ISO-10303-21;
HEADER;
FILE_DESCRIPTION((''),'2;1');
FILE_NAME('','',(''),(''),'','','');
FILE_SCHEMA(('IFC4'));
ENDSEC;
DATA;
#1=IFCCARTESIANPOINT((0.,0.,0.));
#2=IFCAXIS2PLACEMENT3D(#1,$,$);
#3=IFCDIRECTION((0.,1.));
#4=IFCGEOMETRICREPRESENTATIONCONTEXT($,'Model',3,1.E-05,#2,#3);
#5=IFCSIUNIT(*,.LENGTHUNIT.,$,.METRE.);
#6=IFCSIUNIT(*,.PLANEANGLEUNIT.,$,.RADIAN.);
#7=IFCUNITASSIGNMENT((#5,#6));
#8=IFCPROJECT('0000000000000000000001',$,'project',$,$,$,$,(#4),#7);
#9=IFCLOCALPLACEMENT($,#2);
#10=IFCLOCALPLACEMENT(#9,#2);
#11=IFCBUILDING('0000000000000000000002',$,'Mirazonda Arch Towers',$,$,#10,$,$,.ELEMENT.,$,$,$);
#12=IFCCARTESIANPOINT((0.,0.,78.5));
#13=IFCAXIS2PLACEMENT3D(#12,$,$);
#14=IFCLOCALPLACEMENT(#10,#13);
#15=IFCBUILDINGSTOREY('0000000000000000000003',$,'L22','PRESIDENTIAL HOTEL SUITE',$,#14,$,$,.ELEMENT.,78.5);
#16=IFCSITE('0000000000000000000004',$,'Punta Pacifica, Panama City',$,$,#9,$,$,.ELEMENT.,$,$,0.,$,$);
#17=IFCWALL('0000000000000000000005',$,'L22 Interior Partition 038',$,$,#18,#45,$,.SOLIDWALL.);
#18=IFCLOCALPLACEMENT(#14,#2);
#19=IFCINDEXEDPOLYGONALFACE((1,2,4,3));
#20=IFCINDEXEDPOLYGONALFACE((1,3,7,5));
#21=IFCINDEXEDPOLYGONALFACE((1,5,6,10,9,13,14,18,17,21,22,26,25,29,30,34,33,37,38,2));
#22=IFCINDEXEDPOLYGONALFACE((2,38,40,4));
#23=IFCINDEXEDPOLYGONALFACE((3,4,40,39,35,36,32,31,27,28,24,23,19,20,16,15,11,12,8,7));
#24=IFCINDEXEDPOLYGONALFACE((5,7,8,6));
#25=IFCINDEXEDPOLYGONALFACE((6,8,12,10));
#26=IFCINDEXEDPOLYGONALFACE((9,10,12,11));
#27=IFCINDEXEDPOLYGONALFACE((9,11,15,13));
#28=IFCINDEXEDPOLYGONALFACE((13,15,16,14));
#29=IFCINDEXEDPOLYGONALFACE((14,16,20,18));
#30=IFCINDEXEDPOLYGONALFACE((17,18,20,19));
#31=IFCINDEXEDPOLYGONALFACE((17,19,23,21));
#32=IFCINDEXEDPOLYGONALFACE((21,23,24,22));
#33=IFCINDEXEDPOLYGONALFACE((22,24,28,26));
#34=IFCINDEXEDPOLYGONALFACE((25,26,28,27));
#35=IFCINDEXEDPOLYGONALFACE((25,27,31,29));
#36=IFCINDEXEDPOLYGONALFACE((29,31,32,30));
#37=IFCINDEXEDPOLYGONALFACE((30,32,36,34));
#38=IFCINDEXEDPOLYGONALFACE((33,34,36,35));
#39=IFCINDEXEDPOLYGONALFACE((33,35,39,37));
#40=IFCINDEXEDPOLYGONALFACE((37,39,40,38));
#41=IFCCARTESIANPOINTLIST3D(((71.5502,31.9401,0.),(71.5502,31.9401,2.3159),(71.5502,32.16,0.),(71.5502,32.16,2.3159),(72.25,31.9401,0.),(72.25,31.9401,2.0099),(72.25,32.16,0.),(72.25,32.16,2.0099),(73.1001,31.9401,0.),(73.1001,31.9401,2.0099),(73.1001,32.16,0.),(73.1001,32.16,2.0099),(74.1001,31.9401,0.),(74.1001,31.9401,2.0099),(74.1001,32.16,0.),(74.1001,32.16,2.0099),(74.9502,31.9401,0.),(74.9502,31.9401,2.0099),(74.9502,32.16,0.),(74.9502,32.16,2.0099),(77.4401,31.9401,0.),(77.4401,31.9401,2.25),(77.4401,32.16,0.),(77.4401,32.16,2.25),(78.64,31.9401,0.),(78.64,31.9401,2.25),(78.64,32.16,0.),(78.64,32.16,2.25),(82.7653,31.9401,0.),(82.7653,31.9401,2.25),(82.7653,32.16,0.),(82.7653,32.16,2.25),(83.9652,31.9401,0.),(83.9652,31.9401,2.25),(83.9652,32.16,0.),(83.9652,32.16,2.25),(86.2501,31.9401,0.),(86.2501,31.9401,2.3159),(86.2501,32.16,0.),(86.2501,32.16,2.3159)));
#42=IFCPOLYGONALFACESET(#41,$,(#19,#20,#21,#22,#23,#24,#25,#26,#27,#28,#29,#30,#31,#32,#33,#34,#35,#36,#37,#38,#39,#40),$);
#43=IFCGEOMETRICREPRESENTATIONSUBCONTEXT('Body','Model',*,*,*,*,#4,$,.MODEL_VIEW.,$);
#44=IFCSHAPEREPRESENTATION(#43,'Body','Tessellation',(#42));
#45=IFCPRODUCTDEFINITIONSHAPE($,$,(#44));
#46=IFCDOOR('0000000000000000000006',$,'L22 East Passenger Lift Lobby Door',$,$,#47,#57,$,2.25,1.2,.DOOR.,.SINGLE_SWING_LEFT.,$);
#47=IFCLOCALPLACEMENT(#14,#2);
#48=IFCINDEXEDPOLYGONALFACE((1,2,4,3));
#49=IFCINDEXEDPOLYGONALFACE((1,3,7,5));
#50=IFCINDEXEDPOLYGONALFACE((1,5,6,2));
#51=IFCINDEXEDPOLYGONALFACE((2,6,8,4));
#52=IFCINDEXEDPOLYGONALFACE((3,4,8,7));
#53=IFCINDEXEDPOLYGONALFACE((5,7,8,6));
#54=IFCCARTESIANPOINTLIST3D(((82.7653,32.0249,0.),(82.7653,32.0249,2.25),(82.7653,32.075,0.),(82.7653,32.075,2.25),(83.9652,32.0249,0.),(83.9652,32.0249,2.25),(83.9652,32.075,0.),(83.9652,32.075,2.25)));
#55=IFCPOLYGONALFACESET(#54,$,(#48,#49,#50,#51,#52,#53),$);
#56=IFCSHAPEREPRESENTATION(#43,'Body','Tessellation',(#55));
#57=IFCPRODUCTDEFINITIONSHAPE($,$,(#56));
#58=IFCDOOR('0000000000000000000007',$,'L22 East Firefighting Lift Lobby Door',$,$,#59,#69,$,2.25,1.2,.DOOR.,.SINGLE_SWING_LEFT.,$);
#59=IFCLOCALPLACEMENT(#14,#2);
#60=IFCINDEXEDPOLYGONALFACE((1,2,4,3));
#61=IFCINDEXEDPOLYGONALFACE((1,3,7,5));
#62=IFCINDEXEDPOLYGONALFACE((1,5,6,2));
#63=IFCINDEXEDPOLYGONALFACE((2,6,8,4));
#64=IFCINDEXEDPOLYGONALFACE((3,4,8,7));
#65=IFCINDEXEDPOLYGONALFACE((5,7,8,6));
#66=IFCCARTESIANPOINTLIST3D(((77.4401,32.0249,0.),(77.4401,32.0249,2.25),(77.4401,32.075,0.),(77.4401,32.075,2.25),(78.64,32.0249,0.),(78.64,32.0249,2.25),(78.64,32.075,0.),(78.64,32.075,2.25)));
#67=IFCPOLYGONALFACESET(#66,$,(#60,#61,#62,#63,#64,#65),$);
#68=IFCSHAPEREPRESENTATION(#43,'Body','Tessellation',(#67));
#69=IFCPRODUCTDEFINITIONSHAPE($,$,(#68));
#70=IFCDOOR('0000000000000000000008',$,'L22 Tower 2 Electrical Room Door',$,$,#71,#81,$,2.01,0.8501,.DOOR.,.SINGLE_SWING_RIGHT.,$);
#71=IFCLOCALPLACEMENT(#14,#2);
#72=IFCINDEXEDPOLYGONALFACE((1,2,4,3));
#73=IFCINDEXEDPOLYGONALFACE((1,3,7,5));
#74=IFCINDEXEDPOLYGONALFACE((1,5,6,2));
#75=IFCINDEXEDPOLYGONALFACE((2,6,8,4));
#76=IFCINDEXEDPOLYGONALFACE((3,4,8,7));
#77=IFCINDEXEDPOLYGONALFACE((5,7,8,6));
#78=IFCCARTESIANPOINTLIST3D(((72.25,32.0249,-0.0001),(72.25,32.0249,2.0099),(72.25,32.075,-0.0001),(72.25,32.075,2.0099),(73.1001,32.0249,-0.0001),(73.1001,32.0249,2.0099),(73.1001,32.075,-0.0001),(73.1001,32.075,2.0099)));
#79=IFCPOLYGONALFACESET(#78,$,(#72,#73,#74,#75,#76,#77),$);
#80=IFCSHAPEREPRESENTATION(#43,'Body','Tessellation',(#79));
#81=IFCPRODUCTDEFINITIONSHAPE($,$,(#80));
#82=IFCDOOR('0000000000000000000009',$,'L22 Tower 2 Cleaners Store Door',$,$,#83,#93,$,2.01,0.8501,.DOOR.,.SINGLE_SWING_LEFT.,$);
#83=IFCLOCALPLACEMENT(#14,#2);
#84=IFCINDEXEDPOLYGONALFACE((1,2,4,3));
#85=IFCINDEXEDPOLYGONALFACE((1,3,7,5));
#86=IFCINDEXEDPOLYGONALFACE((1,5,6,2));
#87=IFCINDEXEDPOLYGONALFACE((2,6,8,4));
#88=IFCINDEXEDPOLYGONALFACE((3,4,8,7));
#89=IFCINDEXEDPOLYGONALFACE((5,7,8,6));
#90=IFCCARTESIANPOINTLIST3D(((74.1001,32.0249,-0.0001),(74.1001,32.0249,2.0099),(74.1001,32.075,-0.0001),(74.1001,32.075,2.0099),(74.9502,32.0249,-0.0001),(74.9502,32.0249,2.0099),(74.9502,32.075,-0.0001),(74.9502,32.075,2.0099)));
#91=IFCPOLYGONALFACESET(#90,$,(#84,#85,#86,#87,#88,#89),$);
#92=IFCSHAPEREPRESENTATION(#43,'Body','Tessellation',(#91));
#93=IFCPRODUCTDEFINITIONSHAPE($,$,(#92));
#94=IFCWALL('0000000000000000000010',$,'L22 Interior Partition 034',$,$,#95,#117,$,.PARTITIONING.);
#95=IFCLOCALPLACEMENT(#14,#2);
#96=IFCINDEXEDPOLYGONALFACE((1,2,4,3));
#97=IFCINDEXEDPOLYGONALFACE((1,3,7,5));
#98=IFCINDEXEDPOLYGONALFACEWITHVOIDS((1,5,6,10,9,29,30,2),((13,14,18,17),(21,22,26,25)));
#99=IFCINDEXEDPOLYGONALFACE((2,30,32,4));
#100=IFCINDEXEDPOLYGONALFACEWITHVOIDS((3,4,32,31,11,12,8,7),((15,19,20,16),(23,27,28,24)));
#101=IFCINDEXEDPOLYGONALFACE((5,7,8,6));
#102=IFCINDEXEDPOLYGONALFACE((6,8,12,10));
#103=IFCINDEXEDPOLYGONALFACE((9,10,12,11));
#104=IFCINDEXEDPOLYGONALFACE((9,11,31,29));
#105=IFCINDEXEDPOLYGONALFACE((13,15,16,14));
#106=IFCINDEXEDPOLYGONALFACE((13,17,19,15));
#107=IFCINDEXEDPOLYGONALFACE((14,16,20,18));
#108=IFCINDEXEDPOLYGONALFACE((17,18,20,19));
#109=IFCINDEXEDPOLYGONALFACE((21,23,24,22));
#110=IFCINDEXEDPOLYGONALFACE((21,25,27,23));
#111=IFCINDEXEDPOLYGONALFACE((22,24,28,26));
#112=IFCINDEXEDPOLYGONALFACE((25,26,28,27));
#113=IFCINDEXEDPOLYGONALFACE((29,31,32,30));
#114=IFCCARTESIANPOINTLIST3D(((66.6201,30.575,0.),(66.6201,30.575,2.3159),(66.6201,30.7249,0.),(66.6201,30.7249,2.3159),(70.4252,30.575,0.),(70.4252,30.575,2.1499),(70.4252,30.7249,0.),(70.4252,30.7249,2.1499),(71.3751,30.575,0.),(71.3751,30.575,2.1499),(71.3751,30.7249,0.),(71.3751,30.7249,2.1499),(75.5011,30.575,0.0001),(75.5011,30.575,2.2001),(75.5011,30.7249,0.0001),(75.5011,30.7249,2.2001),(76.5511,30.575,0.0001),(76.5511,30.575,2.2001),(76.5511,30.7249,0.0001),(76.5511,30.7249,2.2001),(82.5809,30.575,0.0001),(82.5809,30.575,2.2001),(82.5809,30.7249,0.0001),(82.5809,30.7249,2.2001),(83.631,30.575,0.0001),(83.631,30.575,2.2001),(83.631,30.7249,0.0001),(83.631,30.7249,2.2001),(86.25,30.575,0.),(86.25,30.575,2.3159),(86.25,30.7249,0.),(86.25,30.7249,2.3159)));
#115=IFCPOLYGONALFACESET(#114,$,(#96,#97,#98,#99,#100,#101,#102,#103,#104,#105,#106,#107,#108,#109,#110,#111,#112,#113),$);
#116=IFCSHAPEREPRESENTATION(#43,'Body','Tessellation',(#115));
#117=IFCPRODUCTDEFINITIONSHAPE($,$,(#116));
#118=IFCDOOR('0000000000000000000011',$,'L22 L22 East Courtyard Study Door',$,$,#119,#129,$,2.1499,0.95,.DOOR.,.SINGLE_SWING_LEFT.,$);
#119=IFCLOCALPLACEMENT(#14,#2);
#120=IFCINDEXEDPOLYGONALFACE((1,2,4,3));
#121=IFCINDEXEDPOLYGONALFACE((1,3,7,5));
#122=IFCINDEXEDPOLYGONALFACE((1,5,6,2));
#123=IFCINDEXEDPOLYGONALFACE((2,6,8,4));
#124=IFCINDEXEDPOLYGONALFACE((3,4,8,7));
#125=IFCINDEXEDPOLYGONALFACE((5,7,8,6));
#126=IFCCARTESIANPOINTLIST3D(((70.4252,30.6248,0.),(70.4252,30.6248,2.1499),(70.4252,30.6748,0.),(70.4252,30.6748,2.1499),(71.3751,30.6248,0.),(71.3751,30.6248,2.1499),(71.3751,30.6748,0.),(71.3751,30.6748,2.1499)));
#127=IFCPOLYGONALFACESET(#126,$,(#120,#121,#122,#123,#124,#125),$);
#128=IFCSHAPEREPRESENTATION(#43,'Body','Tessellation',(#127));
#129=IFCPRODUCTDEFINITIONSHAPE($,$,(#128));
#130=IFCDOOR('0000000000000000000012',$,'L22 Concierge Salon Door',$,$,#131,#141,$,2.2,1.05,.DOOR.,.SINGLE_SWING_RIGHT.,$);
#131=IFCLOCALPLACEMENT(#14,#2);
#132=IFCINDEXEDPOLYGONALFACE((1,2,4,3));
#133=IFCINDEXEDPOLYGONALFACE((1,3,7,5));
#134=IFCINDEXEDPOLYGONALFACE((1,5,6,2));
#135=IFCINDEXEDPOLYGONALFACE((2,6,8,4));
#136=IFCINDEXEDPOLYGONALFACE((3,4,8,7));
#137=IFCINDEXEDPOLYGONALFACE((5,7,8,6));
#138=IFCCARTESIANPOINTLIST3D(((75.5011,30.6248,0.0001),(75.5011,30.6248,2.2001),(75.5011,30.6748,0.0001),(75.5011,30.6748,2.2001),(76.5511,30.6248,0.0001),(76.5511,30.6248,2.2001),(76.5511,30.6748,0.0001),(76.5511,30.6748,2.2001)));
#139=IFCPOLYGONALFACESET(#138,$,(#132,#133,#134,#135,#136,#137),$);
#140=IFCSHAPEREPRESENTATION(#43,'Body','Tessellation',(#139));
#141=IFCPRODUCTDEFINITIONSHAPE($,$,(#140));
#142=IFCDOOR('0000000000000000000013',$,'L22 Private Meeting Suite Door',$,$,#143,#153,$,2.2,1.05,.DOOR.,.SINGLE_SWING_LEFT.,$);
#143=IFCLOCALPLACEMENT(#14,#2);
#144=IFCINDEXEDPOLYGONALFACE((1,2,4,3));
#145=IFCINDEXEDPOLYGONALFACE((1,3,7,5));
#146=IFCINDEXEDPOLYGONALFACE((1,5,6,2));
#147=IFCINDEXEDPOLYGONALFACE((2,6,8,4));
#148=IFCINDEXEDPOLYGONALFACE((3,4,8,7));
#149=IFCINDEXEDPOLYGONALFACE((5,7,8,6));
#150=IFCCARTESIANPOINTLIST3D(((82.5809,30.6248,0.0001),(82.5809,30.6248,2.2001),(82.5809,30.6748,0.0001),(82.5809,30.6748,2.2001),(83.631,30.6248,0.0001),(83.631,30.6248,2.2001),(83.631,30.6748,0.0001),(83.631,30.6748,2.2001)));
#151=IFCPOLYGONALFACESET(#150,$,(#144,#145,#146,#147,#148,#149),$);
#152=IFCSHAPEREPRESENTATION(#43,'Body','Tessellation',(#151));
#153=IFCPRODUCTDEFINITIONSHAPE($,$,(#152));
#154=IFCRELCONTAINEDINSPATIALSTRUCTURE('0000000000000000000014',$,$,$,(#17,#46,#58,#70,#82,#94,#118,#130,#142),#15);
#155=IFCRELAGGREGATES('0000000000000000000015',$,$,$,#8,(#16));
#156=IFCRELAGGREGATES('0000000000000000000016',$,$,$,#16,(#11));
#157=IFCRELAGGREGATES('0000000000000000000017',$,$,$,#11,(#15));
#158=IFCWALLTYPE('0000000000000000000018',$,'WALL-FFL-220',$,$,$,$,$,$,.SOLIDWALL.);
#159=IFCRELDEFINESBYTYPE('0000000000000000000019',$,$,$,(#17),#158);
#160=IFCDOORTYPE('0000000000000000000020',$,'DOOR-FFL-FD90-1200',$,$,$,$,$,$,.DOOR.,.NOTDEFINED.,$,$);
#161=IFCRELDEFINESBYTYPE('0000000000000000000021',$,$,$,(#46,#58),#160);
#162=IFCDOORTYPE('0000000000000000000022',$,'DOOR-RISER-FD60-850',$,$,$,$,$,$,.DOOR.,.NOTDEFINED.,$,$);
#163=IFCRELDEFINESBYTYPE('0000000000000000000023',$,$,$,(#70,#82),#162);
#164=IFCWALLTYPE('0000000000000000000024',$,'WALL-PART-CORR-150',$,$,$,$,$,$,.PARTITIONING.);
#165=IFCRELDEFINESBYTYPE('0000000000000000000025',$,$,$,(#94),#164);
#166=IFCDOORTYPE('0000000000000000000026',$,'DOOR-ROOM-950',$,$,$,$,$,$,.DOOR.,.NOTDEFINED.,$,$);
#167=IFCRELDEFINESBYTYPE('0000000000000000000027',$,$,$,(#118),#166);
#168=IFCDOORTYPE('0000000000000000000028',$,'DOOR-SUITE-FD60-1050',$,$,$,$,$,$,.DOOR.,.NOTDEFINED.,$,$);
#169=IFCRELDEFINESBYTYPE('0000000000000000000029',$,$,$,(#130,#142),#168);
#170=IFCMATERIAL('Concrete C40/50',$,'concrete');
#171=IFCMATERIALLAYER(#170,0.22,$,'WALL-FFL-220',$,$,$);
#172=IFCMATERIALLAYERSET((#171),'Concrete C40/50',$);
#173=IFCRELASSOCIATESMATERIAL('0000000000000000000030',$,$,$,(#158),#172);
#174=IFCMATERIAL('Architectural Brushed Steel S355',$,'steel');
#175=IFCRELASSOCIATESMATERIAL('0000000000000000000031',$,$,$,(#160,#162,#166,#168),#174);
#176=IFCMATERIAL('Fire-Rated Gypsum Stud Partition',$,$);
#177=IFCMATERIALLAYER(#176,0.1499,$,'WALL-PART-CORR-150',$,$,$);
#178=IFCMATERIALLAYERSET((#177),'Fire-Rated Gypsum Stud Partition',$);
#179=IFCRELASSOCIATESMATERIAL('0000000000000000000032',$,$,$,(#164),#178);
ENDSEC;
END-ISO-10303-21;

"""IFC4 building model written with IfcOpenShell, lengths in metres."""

from ifc_helpers import new_model, si_unit, direction, frame, frame_2d, origin, place, context, subcontext, project, spatial, rectangle, extrude, material, layer, layer_set, type_object, element, fill, save


model = new_model("IFC4")

# Units and contexts
model_context = context("Model", 3, precision=1e-05, world=origin(), true_north=direction((0.0, 1.0)))
body_context = subcontext(model_context, "Body", "Model", "MODEL_VIEW")
ifc_project = project(units=[si_unit("LENGTHUNIT", "METRE"), si_unit("PLANEANGLEUNIT", "RADIAN")], contexts=[model_context])

# Site, building, storey
site_placement = place(None, origin())
site = spatial("IfcSite", under=ifc_project, at=site_placement, Name="Punta Pacifica, Panama City", CompositionType="ELEMENT", RefElevation=0.0)
building_placement = place(site_placement, origin())
building = spatial("IfcBuilding", under=site, at=building_placement, Name="Mirazonda Arch Towers", CompositionType="ELEMENT")
storey_placement = place(building_placement, frame((0.0, 0.0, 78.5)))
storey = spatial("IfcBuildingStorey", under=building, at=storey_placement, Name="L22", Description="PRESIDENTIAL HOTEL SUITE", CompositionType="ELEMENT", Elevation=78.5)

# Walls, openings, doors
ifc_material_1 = material(Name="Architectural Brushed Steel S355", Category="steel")
ifc_material_2 = material(Name="Concrete C40/50", Category="concrete")
ifc_layer_1 = layer(ifc_material_2, 0.22, Name="WALL-FFL-220")
ifc_layer_set_1 = layer_set([ifc_layer_1], Name="Concrete C40/50")
wall_type_1 = type_object("IfcWallType", Name="WALL-FFL-220", PredefinedType="SOLIDWALL", material=ifc_layer_set_1)
wall_1_placement = place(storey_placement, frame((71.55, 32.05, 0.0), z_axis=(0.0, 0.0, 1.0), x_axis=(1.0, 0.0, 0.0)))
wall_1 = element("IfcWall", 1, at=wall_1_placement, inside=storey, type_object=wall_type_1, Name="L22 Interior Partition 038", PredefinedType="SOLIDWALL", context=body_context, shape_type="SweptSolid", body=[
    extrude(rectangle(XDim=14.7, YDim=0.22, at=frame_2d((7.3501, 0.0))), origin(), (0.0, 0.0, 1.0), 2.3159),
])
opening_1_placement = place(wall_1_placement, frame((11.2151, 0.0, 0.0)))
opening_1 = element("IfcOpeningElement", 2, at=opening_1_placement, cuts=wall_1, PredefinedType="OPENING", context=body_context, shape_type="SweptSolid", body=[
    extrude(rectangle(XDim=1.2, YDim=2.25, at=frame_2d((0.6001, 1.125))), frame((0.0, 0.1199, 0.0), z_axis=(0.0, -1.0, 0.0), x_axis=(1.0, 0.0, 0.0)), (0.0, 0.0, 1.0), 0.24),
])
opening_2_placement = place(wall_1_placement, frame((5.8899, 0.0, 0.0)))
opening_2 = element("IfcOpeningElement", 3, at=opening_2_placement, cuts=wall_1, PredefinedType="OPENING", context=body_context, shape_type="SweptSolid", body=[
    extrude(rectangle(XDim=1.2, YDim=2.25, at=frame_2d((0.6001, 1.125))), frame((0.0, 0.1199, 0.0), z_axis=(0.0, -1.0, 0.0), x_axis=(1.0, 0.0, 0.0)), (0.0, 0.0, 1.0), 0.24),
])
opening_3_placement = place(wall_1_placement, frame((0.7, 0.0, 0.0)))
opening_3 = element("IfcOpeningElement", 4, at=opening_3_placement, cuts=wall_1, PredefinedType="OPENING", context=body_context, shape_type="SweptSolid", body=[
    extrude(rectangle(XDim=0.8501, YDim=2.01, at=frame_2d((0.425, 1.0049))), frame((0.0, 0.1199, 0.0), z_axis=(0.0, -1.0, 0.0), x_axis=(1.0, 0.0, 0.0)), (0.0, 0.0, 1.0), 0.24),
])
opening_4_placement = place(wall_1_placement, frame((2.55, 0.0, 0.0)))
opening_4 = element("IfcOpeningElement", 5, at=opening_4_placement, cuts=wall_1, PredefinedType="OPENING", context=body_context, shape_type="SweptSolid", body=[
    extrude(rectangle(XDim=0.8501, YDim=2.01, at=frame_2d((0.425, 1.0049))), frame((0.0, 0.1199, 0.0), z_axis=(0.0, -1.0, 0.0), x_axis=(1.0, 0.0, 0.0)), (0.0, 0.0, 1.0), 0.24),
])
door_type_1 = type_object("IfcDoorType", Name="DOOR-FFL-FD90-1200", OperationType="NOTDEFINED", PredefinedType="DOOR", material=ifc_material_1)
door_1_placement = place(opening_1_placement, origin())
door_1 = element("IfcDoor", 6, at=door_1_placement, inside=storey, type_object=door_type_1, Name="L22 East Passenger Lift Lobby Door", OperationType="SINGLE_SWING_LEFT", OverallHeight=2.25, OverallWidth=1.2, PredefinedType="DOOR", context=body_context, shape_type="SweptSolid", body=[
    extrude(rectangle(XDim=1.2, YDim=2.25, at=frame_2d((0.6001, 1.125))), frame((0.0, 0.0249, 0.0), z_axis=(0.0, -1.0, 0.0), x_axis=(1.0, 0.0, 0.0)), (0.0, 0.0, 1.0), 0.05),
])
fill(opening_1, door_1)
door_2_placement = place(opening_2_placement, origin())
door_2 = element("IfcDoor", 7, at=door_2_placement, inside=storey, type_object=door_type_1, Name="L22 East Firefighting Lift Lobby Door", OperationType="SINGLE_SWING_LEFT", OverallHeight=2.25, OverallWidth=1.2, PredefinedType="DOOR", context=body_context, shape_type="SweptSolid", body=[
    extrude(rectangle(XDim=1.2, YDim=2.25, at=frame_2d((0.6001, 1.125))), frame((0.0, 0.0249, 0.0), z_axis=(0.0, -1.0, 0.0), x_axis=(1.0, 0.0, 0.0)), (0.0, 0.0, 1.0), 0.05),
])
fill(opening_2, door_2)
door_type_2 = type_object("IfcDoorType", Name="DOOR-RISER-FD60-850", OperationType="NOTDEFINED", PredefinedType="DOOR", material=ifc_material_1)
door_3_placement = place(opening_3_placement, origin())
door_3 = element("IfcDoor", 8, at=door_3_placement, inside=storey, type_object=door_type_2, Name="L22 Tower 2 Electrical Room Door", OperationType="SINGLE_SWING_RIGHT", OverallHeight=2.01, OverallWidth=0.8501, PredefinedType="DOOR", context=body_context, shape_type="SweptSolid", body=[
    extrude(rectangle(XDim=0.8501, YDim=2.01, at=frame_2d((0.425, 1.0049))), frame((0.0, 0.0249, 0.0), z_axis=(0.0, -1.0, 0.0), x_axis=(1.0, 0.0, 0.0)), (0.0, 0.0, 1.0), 0.05),
])
fill(opening_3, door_3)
door_4_placement = place(opening_4_placement, origin())
door_4 = element("IfcDoor", 9, at=door_4_placement, inside=storey, type_object=door_type_2, Name="L22 Tower 2 Cleaners Store Door", OperationType="SINGLE_SWING_LEFT", OverallHeight=2.01, OverallWidth=0.8501, PredefinedType="DOOR", context=body_context, shape_type="SweptSolid", body=[
    extrude(rectangle(XDim=0.8501, YDim=2.01, at=frame_2d((0.425, 1.0049))), frame((0.0, 0.0249, 0.0), z_axis=(0.0, -1.0, 0.0), x_axis=(1.0, 0.0, 0.0)), (0.0, 0.0, 1.0), 0.05),
])
fill(opening_4, door_4)
ifc_material_3 = material(Name="Fire-Rated Gypsum Stud Partition")
ifc_layer_2 = layer(ifc_material_3, 0.1499, Name="WALL-PART-CORR-150")
ifc_layer_set_2 = layer_set([ifc_layer_2], Name="Fire-Rated Gypsum Stud Partition")
wall_type_2 = type_object("IfcWallType", Name="WALL-PART-CORR-150", PredefinedType="PARTITIONING", material=ifc_layer_set_2)
wall_2_placement = place(storey_placement, frame((66.6201, 30.6499, 0.0), z_axis=(0.0, 0.0, 1.0), x_axis=(1.0, 0.0, 0.0)))
wall_2 = element("IfcWall", 10, at=wall_2_placement, inside=storey, type_object=wall_type_2, Name="L22 Interior Partition 034", PredefinedType="PARTITIONING", context=body_context, shape_type="SweptSolid", body=[
    extrude(rectangle(XDim=19.6299, YDim=0.1499, at=frame_2d((9.8149, 0.0))), origin(), (0.0, 0.0, 1.0), 2.3159),
])
opening_5_placement = place(wall_2_placement, frame((3.8049, 0.0, 0.0)))
opening_5 = element("IfcOpeningElement", 11, at=opening_5_placement, cuts=wall_2, PredefinedType="OPENING", context=body_context, shape_type="SweptSolid", body=[
    extrude(rectangle(XDim=0.95, YDim=2.1499, at=frame_2d((0.4751, 1.075))), frame((0.0, 0.085, 0.0), z_axis=(0.0, -1.0, 0.0), x_axis=(1.0, 0.0, 0.0)), (0.0, 0.0, 1.0), 0.1699),
])
opening_6_placement = place(wall_2_placement, frame((8.8811, 0.0, 0.0)))
opening_6 = element("IfcOpeningElement", 12, at=opening_6_placement, cuts=wall_2, PredefinedType="OPENING", context=body_context, shape_type="SweptSolid", body=[
    extrude(rectangle(XDim=1.05, YDim=2.2, at=frame_2d((0.5249, 1.1001))), frame((0.0, 0.085, 0.0), z_axis=(0.0, -1.0, 0.0), x_axis=(1.0, 0.0, 0.0)), (0.0, 0.0, 1.0), 0.1699),
])
opening_7_placement = place(wall_2_placement, frame((15.9609, 0.0, 0.0)))
opening_7 = element("IfcOpeningElement", 13, at=opening_7_placement, cuts=wall_2, PredefinedType="OPENING", context=body_context, shape_type="SweptSolid", body=[
    extrude(rectangle(XDim=1.05, YDim=2.2, at=frame_2d((0.5249, 1.1001))), frame((0.0, 0.085, 0.0), z_axis=(0.0, -1.0, 0.0), x_axis=(1.0, 0.0, 0.0)), (0.0, 0.0, 1.0), 0.1699),
])
door_type_3 = type_object("IfcDoorType", Name="DOOR-ROOM-950", OperationType="NOTDEFINED", PredefinedType="DOOR", material=ifc_material_1)
door_5_placement = place(opening_5_placement, origin())
door_5 = element("IfcDoor", 14, at=door_5_placement, inside=storey, type_object=door_type_3, Name="L22 L22 East Courtyard Study Door", OperationType="SINGLE_SWING_LEFT", OverallHeight=2.1499, OverallWidth=0.95, PredefinedType="DOOR", context=body_context, shape_type="SweptSolid", body=[
    extrude(rectangle(XDim=0.95, YDim=2.1499, at=frame_2d((0.4751, 1.075))), frame((0.0, 0.0249, 0.0), z_axis=(0.0, -1.0, 0.0), x_axis=(1.0, 0.0, 0.0)), (0.0, 0.0, 1.0), 0.05),
])
fill(opening_5, door_5)
door_type_4 = type_object("IfcDoorType", Name="DOOR-SUITE-FD60-1050", OperationType="NOTDEFINED", PredefinedType="DOOR", material=ifc_material_1)
door_6_placement = place(opening_6_placement, origin())
door_6 = element("IfcDoor", 15, at=door_6_placement, inside=storey, type_object=door_type_4, Name="L22 Concierge Salon Door", OperationType="SINGLE_SWING_RIGHT", OverallHeight=2.2, OverallWidth=1.05, PredefinedType="DOOR", context=body_context, shape_type="SweptSolid", body=[
    extrude(rectangle(XDim=1.05, YDim=2.2, at=frame_2d((0.5249, 1.1001))), frame((0.0, 0.0249, 0.0), z_axis=(0.0, -1.0, 0.0), x_axis=(1.0, 0.0, 0.0)), (0.0, 0.0, 1.0), 0.05),
])
fill(opening_6, door_6)
door_7_placement = place(opening_7_placement, origin())
door_7 = element("IfcDoor", 16, at=door_7_placement, inside=storey, type_object=door_type_4, Name="L22 Private Meeting Suite Door", OperationType="SINGLE_SWING_LEFT", OverallHeight=2.2, OverallWidth=1.05, PredefinedType="DOOR", context=body_context, shape_type="SweptSolid", body=[
    extrude(rectangle(XDim=1.05, YDim=2.2, at=frame_2d((0.5249, 1.1001))), frame((0.0, 0.0249, 0.0), z_axis=(0.0, -1.0, 0.0), x_axis=(1.0, 0.0, 0.0)), (0.0, 0.0, 1.0), 0.05),
])
fill(opening_7, door_7)

save(model, "model.ifc")
